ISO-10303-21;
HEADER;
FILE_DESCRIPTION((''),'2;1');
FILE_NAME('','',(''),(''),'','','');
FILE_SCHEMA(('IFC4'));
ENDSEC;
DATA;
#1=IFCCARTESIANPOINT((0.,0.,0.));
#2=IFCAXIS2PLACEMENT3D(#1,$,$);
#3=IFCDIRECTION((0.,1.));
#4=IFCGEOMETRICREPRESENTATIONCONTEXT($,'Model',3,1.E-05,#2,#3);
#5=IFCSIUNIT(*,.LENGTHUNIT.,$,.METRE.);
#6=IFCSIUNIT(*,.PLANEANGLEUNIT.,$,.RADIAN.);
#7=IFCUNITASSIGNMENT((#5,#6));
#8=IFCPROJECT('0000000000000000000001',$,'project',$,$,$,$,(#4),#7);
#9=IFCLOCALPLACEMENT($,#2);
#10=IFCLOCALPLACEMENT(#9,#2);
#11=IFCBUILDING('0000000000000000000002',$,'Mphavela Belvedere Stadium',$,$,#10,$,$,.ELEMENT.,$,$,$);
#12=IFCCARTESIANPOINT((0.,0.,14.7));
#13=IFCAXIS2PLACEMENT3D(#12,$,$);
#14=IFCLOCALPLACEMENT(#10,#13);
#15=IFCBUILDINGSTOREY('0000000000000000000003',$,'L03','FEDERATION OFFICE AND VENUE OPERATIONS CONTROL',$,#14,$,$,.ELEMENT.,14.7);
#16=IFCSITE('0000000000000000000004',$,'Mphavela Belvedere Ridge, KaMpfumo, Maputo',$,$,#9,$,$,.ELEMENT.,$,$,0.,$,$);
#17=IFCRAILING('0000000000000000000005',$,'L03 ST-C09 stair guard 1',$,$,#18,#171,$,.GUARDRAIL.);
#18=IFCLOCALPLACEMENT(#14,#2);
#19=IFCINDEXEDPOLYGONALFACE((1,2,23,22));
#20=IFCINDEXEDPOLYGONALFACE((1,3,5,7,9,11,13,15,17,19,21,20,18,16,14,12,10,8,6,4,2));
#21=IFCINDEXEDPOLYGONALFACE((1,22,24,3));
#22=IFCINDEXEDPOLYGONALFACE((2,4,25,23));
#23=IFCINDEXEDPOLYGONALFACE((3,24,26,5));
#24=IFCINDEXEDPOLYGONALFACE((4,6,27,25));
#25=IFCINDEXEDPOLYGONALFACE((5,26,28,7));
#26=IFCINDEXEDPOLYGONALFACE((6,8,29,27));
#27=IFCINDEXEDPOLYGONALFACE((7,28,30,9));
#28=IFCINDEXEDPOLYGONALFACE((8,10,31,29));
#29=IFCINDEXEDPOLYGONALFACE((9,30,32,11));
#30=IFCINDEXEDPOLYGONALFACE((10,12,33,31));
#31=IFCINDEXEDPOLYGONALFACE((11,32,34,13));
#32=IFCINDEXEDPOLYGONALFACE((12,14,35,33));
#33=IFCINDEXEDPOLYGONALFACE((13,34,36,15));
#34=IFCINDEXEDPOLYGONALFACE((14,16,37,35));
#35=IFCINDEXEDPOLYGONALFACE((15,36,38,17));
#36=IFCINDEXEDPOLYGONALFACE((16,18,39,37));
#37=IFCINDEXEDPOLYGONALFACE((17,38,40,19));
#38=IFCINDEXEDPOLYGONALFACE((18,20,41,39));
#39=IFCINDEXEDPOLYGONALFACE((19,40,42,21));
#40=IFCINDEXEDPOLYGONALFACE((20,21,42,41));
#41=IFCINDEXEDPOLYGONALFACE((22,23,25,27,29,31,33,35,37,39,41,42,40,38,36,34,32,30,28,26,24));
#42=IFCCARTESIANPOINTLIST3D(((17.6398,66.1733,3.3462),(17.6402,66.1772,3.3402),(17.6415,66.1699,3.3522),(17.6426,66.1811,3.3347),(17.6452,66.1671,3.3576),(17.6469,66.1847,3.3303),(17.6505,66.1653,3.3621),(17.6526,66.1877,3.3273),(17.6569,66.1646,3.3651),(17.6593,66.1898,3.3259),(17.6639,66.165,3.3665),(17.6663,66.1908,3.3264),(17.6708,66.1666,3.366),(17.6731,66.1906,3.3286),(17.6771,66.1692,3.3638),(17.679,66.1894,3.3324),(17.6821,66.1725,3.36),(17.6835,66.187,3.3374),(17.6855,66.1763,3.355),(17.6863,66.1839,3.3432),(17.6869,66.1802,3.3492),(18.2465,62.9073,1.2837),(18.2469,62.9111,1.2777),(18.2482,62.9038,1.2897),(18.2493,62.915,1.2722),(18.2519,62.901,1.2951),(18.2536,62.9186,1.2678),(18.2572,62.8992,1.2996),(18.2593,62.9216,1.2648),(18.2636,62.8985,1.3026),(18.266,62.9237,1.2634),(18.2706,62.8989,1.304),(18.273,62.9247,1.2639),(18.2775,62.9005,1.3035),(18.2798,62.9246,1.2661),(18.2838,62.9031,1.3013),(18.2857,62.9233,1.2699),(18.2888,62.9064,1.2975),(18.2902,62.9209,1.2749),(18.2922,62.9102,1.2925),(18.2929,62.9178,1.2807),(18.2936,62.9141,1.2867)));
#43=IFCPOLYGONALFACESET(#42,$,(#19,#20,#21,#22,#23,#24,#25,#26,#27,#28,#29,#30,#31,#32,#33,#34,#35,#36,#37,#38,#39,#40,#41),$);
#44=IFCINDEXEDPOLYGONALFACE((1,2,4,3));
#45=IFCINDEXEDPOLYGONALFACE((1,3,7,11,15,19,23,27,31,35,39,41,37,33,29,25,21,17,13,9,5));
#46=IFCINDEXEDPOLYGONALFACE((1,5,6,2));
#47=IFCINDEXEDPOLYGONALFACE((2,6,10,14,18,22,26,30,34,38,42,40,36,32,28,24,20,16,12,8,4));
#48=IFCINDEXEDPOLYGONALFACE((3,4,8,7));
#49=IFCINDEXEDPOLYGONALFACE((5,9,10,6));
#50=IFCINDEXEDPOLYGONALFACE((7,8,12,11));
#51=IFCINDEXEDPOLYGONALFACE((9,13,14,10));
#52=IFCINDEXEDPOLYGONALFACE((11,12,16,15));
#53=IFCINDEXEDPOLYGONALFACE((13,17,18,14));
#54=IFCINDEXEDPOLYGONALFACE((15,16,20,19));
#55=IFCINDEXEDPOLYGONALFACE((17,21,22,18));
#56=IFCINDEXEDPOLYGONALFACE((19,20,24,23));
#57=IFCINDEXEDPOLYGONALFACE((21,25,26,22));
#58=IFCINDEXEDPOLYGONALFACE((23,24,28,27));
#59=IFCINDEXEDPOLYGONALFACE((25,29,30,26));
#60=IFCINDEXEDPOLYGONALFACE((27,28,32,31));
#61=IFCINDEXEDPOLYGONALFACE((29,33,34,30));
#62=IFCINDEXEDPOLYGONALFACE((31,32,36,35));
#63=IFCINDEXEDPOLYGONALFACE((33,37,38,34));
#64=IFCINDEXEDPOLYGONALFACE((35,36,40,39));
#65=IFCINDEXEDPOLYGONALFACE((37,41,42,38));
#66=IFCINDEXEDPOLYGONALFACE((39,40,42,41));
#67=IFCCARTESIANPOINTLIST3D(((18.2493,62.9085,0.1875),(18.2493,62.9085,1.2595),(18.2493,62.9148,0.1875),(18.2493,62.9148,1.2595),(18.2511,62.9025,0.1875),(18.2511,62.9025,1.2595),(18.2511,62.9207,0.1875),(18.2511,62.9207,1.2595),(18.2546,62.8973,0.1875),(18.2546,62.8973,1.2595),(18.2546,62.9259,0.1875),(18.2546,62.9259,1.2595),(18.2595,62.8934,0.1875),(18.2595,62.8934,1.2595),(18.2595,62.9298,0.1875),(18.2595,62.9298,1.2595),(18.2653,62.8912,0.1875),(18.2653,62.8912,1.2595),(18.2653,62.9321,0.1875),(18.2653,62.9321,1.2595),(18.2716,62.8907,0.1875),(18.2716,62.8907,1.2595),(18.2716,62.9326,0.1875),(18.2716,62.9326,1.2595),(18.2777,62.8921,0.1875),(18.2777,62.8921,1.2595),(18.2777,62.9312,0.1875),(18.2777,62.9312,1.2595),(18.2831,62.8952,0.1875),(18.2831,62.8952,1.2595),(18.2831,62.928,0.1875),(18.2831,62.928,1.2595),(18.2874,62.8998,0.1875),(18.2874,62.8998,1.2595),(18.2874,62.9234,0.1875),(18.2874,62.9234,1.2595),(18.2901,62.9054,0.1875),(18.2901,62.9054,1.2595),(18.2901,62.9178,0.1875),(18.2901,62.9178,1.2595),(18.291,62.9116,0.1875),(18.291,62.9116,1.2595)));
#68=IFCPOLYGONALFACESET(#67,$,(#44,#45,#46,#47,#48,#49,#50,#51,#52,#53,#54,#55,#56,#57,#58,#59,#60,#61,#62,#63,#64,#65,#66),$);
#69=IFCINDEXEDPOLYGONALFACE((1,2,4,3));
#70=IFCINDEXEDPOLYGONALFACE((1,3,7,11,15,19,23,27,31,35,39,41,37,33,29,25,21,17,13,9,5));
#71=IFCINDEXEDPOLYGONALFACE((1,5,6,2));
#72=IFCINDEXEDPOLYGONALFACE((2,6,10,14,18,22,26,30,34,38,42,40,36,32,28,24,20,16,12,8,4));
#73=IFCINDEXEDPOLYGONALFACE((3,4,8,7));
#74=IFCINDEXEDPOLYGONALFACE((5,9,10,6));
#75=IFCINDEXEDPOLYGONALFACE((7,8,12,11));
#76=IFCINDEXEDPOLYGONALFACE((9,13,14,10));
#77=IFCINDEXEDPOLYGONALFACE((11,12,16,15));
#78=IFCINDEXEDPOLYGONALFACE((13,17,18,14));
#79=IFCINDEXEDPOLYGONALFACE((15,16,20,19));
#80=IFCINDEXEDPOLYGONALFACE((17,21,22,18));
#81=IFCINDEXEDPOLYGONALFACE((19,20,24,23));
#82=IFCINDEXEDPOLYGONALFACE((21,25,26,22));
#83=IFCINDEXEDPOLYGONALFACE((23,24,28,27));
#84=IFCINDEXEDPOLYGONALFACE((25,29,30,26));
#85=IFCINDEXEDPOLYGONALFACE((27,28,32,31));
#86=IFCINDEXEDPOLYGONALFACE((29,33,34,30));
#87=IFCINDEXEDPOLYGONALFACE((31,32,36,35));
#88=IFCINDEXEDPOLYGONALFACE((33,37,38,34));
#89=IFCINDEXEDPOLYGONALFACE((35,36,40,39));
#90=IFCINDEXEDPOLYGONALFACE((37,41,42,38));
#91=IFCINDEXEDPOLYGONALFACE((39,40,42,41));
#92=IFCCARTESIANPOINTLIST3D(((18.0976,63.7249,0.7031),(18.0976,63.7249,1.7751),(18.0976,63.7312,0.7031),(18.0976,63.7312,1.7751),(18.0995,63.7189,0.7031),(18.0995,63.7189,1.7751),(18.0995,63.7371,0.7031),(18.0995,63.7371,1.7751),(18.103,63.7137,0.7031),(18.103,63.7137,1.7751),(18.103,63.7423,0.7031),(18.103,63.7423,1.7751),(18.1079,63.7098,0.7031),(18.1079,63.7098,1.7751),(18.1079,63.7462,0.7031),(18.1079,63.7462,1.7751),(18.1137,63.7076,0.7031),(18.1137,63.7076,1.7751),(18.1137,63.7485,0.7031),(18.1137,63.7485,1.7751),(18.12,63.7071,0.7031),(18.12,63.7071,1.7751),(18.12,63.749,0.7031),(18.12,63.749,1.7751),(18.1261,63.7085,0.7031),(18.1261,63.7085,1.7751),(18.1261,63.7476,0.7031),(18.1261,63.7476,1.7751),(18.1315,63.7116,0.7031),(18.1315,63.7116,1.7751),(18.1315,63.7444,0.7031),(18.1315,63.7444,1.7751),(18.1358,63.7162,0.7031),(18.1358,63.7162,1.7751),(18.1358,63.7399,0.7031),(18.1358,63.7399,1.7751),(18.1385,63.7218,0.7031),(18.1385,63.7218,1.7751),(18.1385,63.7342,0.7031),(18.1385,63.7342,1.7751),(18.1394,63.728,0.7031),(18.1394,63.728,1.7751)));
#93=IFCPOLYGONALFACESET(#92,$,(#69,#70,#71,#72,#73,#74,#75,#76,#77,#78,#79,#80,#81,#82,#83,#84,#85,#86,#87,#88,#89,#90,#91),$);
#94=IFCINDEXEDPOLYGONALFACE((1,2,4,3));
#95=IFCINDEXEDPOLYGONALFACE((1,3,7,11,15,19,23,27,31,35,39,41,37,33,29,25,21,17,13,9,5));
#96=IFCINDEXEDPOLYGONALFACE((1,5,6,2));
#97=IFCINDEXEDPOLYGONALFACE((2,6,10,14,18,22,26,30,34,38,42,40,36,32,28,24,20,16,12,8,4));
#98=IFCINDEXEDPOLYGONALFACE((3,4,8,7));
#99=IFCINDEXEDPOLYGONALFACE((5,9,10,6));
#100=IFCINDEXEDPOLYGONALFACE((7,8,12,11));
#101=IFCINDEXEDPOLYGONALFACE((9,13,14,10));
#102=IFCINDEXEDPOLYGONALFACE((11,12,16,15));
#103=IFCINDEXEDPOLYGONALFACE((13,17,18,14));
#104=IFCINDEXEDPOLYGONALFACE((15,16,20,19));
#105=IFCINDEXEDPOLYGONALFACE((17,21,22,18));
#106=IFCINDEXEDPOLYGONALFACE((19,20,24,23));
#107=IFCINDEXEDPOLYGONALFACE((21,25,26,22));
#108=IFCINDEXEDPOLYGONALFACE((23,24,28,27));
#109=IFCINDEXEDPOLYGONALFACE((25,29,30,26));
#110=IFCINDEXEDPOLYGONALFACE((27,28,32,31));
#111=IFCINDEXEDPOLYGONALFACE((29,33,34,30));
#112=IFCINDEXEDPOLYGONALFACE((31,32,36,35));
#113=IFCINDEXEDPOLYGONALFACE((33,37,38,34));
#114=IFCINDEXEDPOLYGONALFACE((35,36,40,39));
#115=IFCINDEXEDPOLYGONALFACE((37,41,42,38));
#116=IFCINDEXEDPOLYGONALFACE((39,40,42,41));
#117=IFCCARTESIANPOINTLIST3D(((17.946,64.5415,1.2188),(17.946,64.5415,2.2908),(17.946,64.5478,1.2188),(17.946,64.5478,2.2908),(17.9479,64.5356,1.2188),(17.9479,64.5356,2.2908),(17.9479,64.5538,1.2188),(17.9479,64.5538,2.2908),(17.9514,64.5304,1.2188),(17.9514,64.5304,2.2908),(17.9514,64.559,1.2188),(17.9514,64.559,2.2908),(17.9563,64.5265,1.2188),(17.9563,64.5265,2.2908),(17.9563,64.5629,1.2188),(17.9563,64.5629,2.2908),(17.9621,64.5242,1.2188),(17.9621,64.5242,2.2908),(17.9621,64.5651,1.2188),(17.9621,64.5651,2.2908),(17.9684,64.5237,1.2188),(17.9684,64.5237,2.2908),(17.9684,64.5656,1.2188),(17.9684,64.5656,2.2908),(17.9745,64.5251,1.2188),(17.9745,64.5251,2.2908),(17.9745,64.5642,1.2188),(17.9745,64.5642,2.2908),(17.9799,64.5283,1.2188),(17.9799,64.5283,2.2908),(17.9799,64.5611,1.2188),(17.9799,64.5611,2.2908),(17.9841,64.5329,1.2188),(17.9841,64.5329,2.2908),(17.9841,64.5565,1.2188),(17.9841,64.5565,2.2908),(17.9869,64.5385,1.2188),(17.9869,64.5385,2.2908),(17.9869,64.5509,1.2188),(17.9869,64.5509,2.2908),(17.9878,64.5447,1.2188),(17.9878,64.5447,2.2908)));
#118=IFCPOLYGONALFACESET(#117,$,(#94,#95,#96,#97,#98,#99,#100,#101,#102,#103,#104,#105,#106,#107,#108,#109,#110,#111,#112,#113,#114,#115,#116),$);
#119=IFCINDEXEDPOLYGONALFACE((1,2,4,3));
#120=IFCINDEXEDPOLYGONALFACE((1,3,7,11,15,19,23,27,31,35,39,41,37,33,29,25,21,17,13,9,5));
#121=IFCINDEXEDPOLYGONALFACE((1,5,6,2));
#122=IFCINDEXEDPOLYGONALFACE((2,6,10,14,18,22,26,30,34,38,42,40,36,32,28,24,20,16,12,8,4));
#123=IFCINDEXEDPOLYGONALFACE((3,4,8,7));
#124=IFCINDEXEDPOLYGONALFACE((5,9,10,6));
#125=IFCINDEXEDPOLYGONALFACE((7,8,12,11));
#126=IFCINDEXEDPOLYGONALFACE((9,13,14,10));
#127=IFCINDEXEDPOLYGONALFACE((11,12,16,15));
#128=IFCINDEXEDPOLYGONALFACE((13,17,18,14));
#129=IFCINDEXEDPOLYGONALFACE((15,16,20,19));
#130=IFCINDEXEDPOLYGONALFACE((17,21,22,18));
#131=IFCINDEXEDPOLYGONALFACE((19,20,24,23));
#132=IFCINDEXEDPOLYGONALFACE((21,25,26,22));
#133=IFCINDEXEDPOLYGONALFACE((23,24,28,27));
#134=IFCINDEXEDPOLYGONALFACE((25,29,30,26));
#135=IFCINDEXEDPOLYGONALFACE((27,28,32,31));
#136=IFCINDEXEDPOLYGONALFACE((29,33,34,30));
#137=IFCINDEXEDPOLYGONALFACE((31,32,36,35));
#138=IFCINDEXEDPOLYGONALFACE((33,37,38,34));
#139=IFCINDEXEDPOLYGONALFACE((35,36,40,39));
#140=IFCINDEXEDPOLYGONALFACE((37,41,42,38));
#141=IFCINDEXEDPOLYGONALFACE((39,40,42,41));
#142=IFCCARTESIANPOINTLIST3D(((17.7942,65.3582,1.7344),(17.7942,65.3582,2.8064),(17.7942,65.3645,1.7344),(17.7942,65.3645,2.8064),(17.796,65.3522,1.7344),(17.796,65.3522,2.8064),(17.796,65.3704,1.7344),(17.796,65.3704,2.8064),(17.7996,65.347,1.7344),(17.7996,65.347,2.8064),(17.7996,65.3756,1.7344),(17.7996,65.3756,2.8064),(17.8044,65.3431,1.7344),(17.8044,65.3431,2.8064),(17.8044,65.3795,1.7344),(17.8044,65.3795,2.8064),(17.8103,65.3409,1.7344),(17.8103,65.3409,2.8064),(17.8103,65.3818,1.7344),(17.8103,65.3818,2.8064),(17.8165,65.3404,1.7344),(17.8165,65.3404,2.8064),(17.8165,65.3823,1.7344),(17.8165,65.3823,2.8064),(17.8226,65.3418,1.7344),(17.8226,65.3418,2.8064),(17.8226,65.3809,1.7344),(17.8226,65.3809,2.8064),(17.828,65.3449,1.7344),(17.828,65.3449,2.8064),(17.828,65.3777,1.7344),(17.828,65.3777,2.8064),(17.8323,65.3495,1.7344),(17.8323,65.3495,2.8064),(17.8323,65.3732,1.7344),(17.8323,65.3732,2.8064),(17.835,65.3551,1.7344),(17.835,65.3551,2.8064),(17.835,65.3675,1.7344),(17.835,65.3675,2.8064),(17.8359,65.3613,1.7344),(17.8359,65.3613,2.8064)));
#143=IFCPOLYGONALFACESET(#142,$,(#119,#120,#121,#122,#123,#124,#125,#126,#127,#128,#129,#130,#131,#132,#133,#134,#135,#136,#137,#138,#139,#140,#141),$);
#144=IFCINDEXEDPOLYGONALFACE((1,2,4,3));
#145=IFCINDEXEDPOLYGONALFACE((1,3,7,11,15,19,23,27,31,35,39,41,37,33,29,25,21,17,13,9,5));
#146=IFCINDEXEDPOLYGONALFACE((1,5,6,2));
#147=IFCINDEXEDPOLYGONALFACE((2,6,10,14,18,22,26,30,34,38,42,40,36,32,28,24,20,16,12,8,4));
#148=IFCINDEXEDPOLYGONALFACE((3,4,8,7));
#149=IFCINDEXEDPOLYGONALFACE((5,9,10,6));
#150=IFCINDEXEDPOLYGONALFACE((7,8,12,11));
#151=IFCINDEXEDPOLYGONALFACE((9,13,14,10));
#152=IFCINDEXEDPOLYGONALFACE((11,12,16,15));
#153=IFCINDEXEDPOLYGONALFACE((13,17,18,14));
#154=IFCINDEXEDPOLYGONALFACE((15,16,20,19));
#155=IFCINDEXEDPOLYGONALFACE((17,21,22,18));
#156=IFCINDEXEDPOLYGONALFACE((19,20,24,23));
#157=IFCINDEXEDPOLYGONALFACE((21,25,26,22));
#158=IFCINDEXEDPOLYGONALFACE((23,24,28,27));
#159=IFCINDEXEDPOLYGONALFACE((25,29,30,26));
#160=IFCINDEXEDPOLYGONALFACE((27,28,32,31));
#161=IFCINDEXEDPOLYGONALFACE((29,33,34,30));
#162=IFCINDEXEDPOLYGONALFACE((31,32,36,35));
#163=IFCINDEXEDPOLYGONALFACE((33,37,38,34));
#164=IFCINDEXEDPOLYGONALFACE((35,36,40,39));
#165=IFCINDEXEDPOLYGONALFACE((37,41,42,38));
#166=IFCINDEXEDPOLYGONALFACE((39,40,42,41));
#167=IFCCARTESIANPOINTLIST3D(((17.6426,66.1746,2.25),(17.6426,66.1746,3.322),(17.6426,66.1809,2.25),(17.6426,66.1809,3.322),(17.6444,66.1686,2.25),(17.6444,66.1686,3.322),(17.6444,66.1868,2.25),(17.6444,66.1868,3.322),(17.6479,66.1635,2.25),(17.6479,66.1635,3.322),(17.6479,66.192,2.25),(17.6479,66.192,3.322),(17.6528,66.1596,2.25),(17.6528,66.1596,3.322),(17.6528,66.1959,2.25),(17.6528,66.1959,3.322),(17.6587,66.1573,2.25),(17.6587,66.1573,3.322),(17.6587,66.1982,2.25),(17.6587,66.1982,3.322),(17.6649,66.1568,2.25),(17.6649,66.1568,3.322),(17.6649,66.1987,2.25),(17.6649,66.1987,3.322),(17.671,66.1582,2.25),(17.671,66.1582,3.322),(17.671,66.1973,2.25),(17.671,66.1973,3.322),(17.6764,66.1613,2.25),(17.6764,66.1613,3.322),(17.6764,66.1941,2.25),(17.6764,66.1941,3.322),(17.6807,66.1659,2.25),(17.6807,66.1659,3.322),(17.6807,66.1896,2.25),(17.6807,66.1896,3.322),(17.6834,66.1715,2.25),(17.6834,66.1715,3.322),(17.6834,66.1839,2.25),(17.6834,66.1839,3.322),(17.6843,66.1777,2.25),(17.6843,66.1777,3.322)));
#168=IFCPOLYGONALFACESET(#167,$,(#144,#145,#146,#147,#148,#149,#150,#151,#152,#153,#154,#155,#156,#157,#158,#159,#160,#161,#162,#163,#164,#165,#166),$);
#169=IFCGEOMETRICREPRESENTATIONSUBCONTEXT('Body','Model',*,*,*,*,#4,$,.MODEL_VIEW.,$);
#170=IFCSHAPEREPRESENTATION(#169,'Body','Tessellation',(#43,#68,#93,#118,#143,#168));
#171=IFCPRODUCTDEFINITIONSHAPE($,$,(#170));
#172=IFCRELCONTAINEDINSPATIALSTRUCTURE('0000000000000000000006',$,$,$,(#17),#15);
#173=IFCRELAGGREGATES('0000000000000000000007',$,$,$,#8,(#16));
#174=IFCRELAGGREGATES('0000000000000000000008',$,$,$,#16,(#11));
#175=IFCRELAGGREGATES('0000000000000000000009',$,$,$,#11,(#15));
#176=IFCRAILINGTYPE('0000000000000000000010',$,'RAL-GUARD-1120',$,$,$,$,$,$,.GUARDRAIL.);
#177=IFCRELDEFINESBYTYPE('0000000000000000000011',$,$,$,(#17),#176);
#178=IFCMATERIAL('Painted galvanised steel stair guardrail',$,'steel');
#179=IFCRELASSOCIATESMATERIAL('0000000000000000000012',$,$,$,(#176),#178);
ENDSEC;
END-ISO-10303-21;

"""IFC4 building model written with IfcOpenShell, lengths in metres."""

from ifc_helpers import new_model, si_unit, direction, frame, origin, origin_2d, place, context, subcontext, project, spatial, circle, extrude, material, type_object, element, save


model = new_model("IFC4")

# Units and contexts
model_context = context("Model", 3, precision=1e-05, world=origin(), true_north=direction((0.0, 1.0)))
body_context = subcontext(model_context, "Body", "Model", "MODEL_VIEW")
ifc_project = project(units=[si_unit("LENGTHUNIT", "METRE"), si_unit("PLANEANGLEUNIT", "RADIAN")], contexts=[model_context])

# Site, building, storey
site_placement = place(None, origin())
site = spatial("IfcSite", under=ifc_project, at=site_placement, Name="Mphavela Belvedere Ridge, KaMpfumo, Maputo", CompositionType="ELEMENT", RefElevation=0.0)
building_placement = place(site_placement, origin())
building = spatial("IfcBuilding", under=site, at=building_placement, Name="Mphavela Belvedere Stadium", CompositionType="ELEMENT")
storey_placement = place(building_placement, frame((0.0, 0.0, 14.7)))
storey = spatial("IfcBuildingStorey", under=building, at=storey_placement, Name="L03", Description="FEDERATION OFFICE AND VENUE OPERATIONS CONTROL", CompositionType="ELEMENT", Elevation=14.7)

# Railing
ifc_material_1 = material(Name="Painted galvanised steel stair guardrail", Category="steel")
railing_type_1 = type_object("IfcRailingType", Name="RAL-GUARD-1120", PredefinedType="GUARDRAIL", material=ifc_material_1)
railing_1_placement = place(storey_placement, frame((18.27, 62.9116, 0.1875)))
element("IfcRailing", 1, at=railing_1_placement, inside=storey, type_object=railing_type_1, Name="L03 ST-C09 stair guard 1", PredefinedType="GUARDRAIL", context=body_context, shape_type="SweptSolid", body=[
    extrude(circle(Radius=0.0239, at=origin_2d()), frame((0.0, 0.0, 1.0962), z_axis=(-0.155157, 0.835286, 0.52747), x_axis=(-0.983182, -0.182629, 0.0)), (0.0, 0.0, 1.0), 3.9102),
    extrude(circle(Radius=0.021, at=origin_2d()), origin(), (0.0, 0.0, 1.0), 1.072),
    extrude(circle(Radius=0.021, at=origin_2d()), frame((-0.1516, 0.8164, 0.5156)), (0.0, 0.0, 1.0), 1.072),
    extrude(circle(Radius=0.021, at=origin_2d()), frame((-0.3032, 1.6331, 1.0312)), (0.0, 0.0, 1.0), 1.072),
    extrude(circle(Radius=0.021, at=origin_2d()), frame((-0.4551, 2.4497, 1.5469)), (0.0, 0.0, 1.0), 1.072),
    extrude(circle(Radius=0.021, at=origin_2d()), frame((-0.6067, 3.2661, 2.0625)), (0.0, 0.0, 1.0), 1.072),
])

save(model, "model.ifc")
